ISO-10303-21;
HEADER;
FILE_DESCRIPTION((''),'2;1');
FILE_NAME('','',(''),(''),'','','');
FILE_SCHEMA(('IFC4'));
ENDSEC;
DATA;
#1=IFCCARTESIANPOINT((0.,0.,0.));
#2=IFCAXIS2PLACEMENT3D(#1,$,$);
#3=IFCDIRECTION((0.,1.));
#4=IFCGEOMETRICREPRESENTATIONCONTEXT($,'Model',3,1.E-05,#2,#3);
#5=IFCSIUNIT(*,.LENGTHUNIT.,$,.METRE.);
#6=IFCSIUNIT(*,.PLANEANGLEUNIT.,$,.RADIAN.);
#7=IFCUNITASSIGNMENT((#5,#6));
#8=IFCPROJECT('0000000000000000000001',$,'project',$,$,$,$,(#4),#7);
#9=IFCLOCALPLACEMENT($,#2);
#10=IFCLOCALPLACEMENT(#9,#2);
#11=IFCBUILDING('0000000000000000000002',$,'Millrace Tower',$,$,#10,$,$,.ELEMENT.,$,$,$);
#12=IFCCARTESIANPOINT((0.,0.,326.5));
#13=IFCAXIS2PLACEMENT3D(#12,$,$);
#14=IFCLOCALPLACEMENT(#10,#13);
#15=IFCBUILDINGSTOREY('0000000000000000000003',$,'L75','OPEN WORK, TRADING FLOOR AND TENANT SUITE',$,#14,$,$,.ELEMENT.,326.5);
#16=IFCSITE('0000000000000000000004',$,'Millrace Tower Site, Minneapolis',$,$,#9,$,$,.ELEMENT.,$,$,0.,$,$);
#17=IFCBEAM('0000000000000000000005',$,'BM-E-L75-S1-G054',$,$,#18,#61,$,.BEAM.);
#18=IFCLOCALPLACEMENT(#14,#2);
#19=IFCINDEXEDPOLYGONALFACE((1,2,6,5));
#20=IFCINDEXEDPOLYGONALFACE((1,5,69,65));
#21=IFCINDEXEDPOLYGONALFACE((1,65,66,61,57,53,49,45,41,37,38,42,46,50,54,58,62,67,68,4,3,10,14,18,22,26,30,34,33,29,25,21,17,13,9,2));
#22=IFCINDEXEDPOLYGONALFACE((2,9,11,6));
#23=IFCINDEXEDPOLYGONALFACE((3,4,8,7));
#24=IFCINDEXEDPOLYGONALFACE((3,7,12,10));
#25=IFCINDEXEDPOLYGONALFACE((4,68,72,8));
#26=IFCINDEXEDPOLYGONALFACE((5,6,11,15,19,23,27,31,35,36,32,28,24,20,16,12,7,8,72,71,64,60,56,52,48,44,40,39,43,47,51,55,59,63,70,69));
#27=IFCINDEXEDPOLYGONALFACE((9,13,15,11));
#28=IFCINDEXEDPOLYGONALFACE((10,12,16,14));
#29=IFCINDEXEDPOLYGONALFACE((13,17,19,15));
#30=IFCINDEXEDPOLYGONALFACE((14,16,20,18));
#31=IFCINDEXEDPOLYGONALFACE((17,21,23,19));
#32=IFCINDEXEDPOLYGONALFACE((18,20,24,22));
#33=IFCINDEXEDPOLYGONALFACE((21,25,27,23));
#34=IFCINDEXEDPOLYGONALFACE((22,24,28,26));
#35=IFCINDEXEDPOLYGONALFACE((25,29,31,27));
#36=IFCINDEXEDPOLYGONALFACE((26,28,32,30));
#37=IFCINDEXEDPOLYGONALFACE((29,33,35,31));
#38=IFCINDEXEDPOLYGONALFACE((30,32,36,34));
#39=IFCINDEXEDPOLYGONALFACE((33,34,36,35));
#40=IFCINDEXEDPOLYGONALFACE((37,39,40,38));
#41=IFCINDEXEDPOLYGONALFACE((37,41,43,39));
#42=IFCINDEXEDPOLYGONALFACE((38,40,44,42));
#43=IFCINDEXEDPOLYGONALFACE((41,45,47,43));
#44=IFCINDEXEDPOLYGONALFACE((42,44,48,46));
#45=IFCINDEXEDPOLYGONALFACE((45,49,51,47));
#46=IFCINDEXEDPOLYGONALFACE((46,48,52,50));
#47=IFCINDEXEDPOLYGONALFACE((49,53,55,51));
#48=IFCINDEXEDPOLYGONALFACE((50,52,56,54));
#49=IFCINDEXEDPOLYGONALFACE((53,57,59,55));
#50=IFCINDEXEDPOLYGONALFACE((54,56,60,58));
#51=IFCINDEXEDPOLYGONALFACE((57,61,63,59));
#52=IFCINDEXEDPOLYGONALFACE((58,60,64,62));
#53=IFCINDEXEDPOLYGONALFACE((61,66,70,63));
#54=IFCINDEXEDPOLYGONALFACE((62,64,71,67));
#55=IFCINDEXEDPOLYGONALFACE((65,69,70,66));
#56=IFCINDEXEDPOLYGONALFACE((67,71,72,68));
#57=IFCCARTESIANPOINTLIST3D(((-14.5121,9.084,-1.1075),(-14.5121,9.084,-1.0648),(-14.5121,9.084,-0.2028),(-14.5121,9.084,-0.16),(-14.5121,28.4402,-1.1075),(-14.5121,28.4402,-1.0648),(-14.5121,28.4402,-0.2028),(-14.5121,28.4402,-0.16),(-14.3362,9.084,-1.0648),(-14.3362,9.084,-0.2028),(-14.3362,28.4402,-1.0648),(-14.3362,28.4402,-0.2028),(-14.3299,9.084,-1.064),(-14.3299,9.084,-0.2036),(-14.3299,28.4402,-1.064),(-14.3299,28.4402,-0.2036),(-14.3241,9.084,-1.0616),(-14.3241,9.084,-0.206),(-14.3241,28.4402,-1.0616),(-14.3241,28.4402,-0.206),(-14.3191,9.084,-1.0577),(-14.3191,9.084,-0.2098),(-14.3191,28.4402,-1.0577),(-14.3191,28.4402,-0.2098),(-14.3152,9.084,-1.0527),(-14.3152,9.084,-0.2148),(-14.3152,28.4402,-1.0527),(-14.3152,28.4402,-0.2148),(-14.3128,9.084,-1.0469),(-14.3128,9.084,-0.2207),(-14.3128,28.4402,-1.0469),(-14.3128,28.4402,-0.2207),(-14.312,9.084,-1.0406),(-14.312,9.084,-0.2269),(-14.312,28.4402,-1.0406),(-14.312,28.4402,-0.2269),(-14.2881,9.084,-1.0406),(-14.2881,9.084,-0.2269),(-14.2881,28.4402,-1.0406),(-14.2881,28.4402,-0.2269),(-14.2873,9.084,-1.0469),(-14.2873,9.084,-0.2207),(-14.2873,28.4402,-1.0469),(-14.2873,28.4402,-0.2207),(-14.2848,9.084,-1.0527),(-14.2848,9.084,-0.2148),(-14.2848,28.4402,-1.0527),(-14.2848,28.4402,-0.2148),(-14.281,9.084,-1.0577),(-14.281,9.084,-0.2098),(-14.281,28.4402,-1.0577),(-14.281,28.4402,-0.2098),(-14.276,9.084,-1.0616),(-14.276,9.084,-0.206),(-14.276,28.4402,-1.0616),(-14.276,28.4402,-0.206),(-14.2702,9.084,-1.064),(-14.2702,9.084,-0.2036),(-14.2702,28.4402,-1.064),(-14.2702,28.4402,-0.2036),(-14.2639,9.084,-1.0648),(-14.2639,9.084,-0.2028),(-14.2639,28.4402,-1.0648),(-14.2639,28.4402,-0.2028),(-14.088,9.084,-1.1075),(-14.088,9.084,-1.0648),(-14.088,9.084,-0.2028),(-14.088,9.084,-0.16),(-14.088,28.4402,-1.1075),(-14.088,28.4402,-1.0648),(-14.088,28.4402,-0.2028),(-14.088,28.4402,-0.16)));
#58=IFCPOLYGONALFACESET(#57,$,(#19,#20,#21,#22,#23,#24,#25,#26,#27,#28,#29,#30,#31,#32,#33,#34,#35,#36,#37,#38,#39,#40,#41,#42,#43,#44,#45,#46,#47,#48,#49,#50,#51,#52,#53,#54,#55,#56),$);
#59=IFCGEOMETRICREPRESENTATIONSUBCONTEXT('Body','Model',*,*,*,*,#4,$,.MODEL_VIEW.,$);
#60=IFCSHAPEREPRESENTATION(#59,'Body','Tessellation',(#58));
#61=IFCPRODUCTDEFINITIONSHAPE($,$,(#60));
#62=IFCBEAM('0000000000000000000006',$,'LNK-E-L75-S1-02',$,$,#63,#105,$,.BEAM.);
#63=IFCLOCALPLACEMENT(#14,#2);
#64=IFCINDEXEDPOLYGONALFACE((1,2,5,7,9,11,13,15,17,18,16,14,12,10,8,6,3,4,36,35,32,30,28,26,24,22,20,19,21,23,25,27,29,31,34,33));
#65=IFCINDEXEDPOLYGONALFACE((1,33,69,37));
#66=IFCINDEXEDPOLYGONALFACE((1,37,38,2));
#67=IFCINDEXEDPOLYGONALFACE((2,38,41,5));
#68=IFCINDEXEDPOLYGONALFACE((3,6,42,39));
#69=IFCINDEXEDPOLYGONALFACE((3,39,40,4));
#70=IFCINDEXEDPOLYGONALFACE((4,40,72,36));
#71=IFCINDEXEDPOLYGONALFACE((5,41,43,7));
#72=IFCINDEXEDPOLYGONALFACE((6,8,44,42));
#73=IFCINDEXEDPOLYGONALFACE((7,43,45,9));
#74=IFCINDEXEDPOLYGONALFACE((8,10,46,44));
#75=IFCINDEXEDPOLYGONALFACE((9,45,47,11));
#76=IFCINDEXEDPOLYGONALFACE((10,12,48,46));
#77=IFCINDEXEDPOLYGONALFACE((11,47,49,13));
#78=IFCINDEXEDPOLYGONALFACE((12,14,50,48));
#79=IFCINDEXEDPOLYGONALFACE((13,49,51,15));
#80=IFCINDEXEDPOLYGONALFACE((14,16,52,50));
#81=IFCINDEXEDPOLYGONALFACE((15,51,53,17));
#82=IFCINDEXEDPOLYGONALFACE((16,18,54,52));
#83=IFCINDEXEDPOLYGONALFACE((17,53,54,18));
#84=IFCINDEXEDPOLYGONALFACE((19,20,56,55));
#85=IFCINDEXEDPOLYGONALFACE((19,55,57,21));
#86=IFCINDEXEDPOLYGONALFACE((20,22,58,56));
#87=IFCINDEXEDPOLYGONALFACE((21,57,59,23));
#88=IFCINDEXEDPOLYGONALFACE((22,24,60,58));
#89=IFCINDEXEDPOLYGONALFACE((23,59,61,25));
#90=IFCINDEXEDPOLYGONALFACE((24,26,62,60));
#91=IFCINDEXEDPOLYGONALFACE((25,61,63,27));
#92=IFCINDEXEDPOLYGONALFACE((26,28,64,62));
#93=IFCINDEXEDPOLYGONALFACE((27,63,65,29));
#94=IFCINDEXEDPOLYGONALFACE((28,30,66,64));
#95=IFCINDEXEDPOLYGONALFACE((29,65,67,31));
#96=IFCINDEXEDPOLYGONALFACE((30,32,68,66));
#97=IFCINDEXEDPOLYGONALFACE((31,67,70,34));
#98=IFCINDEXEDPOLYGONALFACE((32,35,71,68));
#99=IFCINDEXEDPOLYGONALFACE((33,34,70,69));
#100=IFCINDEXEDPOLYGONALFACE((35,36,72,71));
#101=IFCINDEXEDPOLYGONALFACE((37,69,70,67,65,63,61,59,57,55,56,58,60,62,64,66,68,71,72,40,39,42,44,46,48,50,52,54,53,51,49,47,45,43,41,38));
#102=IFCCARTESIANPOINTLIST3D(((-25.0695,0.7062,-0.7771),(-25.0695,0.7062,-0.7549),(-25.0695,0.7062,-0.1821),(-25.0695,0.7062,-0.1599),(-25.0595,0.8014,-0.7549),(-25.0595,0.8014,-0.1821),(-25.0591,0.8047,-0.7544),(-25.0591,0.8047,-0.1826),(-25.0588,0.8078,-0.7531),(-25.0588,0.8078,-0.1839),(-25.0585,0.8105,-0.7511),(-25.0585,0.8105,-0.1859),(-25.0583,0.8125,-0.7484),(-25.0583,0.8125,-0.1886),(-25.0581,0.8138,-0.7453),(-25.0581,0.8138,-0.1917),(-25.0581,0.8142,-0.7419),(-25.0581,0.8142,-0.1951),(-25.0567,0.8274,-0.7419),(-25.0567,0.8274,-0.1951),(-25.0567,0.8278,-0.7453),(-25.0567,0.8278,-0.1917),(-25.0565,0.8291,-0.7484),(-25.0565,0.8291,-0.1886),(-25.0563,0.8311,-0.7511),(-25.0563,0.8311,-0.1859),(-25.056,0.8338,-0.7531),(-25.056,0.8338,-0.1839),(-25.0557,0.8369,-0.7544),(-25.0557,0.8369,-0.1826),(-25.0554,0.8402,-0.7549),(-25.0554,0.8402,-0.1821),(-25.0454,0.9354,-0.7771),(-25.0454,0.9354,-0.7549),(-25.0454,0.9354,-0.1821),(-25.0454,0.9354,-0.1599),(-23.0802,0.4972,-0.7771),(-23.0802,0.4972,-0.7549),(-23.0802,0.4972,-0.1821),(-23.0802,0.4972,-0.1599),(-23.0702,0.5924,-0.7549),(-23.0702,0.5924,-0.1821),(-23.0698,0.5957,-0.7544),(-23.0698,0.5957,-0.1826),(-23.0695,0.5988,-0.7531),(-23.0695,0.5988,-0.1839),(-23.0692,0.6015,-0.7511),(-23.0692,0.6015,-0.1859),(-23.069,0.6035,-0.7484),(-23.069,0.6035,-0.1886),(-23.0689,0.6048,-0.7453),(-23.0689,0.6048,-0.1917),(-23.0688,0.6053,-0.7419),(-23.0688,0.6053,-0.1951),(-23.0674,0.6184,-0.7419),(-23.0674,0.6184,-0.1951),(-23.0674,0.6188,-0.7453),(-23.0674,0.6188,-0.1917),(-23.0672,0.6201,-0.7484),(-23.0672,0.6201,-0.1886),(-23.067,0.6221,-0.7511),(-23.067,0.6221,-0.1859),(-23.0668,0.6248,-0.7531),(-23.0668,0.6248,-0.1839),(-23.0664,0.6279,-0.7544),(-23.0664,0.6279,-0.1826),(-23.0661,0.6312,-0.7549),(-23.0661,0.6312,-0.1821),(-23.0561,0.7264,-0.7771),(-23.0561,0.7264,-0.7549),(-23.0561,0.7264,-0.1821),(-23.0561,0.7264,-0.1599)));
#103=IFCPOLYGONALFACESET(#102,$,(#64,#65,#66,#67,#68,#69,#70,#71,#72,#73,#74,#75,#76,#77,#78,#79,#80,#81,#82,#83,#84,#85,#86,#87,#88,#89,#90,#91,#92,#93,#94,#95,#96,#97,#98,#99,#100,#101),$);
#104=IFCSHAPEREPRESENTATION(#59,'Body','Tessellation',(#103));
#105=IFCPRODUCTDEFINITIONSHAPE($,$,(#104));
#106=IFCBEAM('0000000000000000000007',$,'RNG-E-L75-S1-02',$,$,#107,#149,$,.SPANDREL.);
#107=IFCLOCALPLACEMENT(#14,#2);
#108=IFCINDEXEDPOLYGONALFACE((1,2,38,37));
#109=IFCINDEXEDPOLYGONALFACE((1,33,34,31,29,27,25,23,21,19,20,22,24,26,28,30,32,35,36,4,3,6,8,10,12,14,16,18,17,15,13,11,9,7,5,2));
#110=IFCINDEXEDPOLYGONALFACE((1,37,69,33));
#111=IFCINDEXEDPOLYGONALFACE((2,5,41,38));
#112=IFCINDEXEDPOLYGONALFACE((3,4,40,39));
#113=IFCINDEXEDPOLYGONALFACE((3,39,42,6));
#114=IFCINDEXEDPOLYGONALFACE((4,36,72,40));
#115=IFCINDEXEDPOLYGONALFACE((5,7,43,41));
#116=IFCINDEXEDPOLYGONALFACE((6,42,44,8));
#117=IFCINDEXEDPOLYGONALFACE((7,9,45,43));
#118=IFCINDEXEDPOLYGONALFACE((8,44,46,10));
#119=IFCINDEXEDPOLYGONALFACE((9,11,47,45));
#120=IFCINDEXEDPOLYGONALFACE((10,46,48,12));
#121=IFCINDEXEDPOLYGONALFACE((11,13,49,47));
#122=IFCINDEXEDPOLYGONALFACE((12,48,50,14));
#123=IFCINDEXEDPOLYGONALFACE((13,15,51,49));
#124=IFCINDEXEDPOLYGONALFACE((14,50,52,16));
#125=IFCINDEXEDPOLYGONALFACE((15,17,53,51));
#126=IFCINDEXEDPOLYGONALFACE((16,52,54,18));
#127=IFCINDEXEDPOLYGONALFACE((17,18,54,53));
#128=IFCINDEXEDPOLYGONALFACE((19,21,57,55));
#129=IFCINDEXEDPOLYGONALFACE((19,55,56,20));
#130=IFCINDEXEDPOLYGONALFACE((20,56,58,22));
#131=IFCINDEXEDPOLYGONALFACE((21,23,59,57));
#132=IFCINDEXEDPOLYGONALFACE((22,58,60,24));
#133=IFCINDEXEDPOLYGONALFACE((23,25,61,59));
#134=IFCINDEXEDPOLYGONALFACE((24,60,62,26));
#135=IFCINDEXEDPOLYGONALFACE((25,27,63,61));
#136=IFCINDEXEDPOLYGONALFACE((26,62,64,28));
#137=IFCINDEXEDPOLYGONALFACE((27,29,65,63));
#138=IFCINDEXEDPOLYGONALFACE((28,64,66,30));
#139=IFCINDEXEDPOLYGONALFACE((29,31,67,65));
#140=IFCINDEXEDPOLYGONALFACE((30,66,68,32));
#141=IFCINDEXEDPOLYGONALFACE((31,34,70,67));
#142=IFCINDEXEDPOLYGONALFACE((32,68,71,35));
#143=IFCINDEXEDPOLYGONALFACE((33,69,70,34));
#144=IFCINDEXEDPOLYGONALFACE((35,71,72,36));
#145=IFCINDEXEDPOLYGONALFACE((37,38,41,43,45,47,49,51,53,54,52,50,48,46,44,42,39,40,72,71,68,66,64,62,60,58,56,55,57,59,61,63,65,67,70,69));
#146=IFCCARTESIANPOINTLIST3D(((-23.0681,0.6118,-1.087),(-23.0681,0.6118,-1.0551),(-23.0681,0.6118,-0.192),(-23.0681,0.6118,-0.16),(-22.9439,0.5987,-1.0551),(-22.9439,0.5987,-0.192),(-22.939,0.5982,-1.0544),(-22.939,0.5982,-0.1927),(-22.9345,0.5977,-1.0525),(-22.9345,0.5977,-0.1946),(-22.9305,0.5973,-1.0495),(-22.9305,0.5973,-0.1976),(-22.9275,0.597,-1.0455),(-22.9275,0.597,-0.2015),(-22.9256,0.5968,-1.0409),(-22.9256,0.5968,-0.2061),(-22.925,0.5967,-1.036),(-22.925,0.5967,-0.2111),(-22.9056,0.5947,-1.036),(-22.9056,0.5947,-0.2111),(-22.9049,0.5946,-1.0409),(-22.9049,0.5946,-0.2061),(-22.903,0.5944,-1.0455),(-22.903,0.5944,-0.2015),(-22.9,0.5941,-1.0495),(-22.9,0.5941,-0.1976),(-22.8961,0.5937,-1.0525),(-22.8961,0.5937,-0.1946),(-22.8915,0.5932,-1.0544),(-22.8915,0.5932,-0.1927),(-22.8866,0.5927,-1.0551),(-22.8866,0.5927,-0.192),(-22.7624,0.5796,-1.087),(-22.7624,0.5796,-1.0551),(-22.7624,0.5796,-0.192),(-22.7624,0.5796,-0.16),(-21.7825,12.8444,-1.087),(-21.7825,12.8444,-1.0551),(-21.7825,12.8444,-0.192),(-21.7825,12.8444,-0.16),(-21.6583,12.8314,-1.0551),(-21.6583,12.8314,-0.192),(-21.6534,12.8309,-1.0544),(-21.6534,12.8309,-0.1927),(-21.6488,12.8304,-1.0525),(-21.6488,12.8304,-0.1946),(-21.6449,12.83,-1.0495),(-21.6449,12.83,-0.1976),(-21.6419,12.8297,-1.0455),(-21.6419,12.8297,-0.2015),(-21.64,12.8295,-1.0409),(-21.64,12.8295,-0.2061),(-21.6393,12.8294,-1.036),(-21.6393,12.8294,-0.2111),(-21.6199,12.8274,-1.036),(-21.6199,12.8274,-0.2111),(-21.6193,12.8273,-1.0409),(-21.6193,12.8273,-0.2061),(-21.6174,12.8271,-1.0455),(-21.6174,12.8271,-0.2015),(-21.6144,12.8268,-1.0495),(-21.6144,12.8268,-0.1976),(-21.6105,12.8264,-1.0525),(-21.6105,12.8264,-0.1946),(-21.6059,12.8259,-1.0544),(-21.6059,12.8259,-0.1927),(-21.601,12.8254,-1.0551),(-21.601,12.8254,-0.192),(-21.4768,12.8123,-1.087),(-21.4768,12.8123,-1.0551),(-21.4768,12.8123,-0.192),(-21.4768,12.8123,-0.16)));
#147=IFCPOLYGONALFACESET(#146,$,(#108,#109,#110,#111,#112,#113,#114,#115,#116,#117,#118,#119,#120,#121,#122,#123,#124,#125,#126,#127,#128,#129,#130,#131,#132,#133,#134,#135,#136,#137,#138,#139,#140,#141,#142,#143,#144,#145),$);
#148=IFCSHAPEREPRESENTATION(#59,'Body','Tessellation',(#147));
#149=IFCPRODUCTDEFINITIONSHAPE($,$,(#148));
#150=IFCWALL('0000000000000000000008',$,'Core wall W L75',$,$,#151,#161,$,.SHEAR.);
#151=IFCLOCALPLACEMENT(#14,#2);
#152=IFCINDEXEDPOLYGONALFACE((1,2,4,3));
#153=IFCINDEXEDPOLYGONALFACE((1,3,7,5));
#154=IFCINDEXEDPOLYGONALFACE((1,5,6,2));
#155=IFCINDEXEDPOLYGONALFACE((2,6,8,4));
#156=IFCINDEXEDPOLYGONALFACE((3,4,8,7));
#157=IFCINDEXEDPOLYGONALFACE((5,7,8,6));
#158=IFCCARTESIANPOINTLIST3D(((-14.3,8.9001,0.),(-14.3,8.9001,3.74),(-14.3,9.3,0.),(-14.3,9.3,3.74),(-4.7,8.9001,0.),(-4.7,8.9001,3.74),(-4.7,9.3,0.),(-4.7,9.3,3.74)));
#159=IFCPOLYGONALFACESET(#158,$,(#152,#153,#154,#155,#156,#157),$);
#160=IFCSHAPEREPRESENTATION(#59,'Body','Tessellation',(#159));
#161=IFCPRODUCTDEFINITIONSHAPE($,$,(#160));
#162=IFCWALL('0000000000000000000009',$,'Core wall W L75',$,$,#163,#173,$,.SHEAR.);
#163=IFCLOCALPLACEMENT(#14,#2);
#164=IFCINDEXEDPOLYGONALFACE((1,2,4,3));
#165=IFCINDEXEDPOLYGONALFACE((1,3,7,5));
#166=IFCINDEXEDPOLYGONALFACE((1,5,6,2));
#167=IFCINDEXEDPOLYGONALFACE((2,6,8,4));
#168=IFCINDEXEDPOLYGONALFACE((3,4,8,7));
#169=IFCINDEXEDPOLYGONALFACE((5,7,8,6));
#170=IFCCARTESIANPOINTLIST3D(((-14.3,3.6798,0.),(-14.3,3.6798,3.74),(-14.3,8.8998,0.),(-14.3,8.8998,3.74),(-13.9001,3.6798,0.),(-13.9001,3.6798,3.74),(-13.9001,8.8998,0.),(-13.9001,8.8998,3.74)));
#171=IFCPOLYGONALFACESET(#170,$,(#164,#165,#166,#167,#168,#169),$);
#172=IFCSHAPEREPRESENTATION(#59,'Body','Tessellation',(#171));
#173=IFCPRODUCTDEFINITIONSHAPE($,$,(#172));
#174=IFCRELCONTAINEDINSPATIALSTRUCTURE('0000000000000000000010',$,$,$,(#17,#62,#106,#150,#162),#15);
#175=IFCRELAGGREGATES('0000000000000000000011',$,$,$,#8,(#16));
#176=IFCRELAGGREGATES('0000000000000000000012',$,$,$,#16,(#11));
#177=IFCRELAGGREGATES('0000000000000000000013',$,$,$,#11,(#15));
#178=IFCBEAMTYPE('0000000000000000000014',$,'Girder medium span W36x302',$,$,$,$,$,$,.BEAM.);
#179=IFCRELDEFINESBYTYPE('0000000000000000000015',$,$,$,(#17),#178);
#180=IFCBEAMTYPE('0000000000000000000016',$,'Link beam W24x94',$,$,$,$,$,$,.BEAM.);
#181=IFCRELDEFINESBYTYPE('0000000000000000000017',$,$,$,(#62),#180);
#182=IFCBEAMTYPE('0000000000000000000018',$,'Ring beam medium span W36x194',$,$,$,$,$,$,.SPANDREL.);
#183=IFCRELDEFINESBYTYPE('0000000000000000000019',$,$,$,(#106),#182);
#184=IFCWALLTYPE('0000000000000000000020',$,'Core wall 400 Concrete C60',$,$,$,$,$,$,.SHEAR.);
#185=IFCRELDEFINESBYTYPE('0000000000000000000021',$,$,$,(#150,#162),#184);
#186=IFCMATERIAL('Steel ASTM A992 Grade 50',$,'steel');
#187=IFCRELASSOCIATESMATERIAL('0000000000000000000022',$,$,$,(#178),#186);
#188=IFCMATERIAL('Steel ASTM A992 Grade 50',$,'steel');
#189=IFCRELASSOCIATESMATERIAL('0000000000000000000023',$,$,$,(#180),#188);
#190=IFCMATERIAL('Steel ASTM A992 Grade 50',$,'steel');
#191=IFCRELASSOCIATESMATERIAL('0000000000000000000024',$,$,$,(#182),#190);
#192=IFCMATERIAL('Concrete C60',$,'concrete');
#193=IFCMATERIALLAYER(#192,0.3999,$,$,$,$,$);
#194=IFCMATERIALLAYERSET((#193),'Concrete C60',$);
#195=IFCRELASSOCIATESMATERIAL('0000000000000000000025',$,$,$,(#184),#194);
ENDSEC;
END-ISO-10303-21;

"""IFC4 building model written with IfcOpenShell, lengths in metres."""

from ifc_helpers import new_model, si_unit, direction, frame, frame_2d, origin, origin_2d, place, context, subcontext, project, spatial, rectangle, i_section, extrude, material, layer, layer_set, material_profile, profile_set, type_object, element, save


model = new_model("IFC4")

# Units and contexts
model_context = context("Model", 3, precision=1e-05, world=origin(), true_north=direction((0.0, 1.0)))
body_context = subcontext(model_context, "Body", "Model", "MODEL_VIEW")
ifc_project = project(units=[si_unit("LENGTHUNIT", "METRE"), si_unit("PLANEANGLEUNIT", "RADIAN")], contexts=[model_context])

# Site, building, storey
site_placement = place(None, origin())
site = spatial("IfcSite", under=ifc_project, at=site_placement, Name="Millrace Tower Site, Minneapolis", CompositionType="ELEMENT", RefElevation=0.0)
building_placement = place(site_placement, origin())
building = spatial("IfcBuilding", under=site, at=building_placement, Name="Millrace Tower", CompositionType="ELEMENT")
storey_placement = place(building_placement, frame((0.0, 0.0, 326.5)))
storey = spatial("IfcBuildingStorey", under=building, at=storey_placement, Name="L75", Description="OPEN WORK, TRADING FLOOR AND TENANT SUITE", CompositionType="ELEMENT", Elevation=326.5)

# Beams
ifc_material_1 = material(Name="Steel ASTM A992 Grade 50", Category="steel")
ifc_material_profile_1 = material_profile(ifc_material_1, i_section(OverallWidth=0.4241, OverallDepth=0.9475, WebThickness=0.0239, FlangeThickness=0.0427, FilletRadius=0.0242, at=origin_2d()))
ifc_profile_set_1 = profile_set([ifc_material_profile_1], Name="Steel ASTM A992 Grade 50")
beam_type_1 = type_object("IfcBeamType", Name="Girder medium span W36x302", PredefinedType="BEAM", material=ifc_profile_set_1)
beam_1_placement = place(storey_placement, frame((-14.3, 9.084, -0.6338), z_axis=(0.0, 1.0, 0.0), x_axis=(-1.0, 0.0, 0.0)))
element("IfcBeam", 1, at=beam_1_placement, inside=storey, type_object=beam_type_1, Name="BM-E-L75-S1-G054", PredefinedType="BEAM", context=body_context, shape_type="SweptSolid", body=[
    extrude(i_section(OverallWidth=0.4241, OverallDepth=0.9475, WebThickness=0.0239, FlangeThickness=0.0427, FilletRadius=0.0242, at=origin_2d()), origin(), (0.0, 0.0, 1.0), 19.3562),
])
ifc_material_2 = material(Name="Steel ASTM A992 Grade 50", Category="steel")
ifc_material_profile_2 = material_profile(ifc_material_2, i_section(OverallWidth=0.2305, OverallDepth=0.6172, WebThickness=0.0132, FlangeThickness=0.0222, FilletRadius=0.0129, at=origin_2d()))
ifc_profile_set_2 = profile_set([ifc_material_profile_2], Name="Steel ASTM A992 Grade 50")
beam_type_2 = type_object("IfcBeamType", Name="Link beam W24x94", PredefinedType="BEAM", material=ifc_profile_set_2)
beam_2_placement = place(storey_placement, frame((-23.0681, 0.6118, -0.4685), z_axis=(-0.994527, 0.104481, 0.0), x_axis=(-0.104481, -0.994527, 0.0)))
element("IfcBeam", 2, at=beam_2_placement, inside=storey, type_object=beam_type_2, Name="LNK-E-L75-S1-02", PredefinedType="BEAM", context=body_context, shape_type="SweptSolid", body=[
    extrude(i_section(OverallWidth=0.2305, OverallDepth=0.6172, WebThickness=0.0132, FlangeThickness=0.0222, FilletRadius=0.0129, at=origin_2d()), origin(), (0.0, 0.0, 1.0), 2.0002),
])
ifc_material_3 = material(Name="Steel ASTM A992 Grade 50", Category="steel")
ifc_material_profile_3 = material_profile(ifc_material_3, i_section(OverallWidth=0.3074, OverallDepth=0.927, WebThickness=0.0195, FlangeThickness=0.032, FilletRadius=0.019, at=origin_2d()))
ifc_profile_set_3 = profile_set([ifc_material_profile_3], Name="Steel ASTM A992 Grade 50")
beam_type_3 = type_object("IfcBeamType", Name="Ring beam medium span W36x194", PredefinedType="SPANDREL", material=ifc_profile_set_3)
beam_3_placement = place(storey_placement, frame((-22.9153, 0.5957, -0.6235), z_axis=(0.104524, 0.994522, 0.0), x_axis=(-0.994522, 0.104524, 0.0)))
element("IfcBeam", 3, at=beam_3_placement, inside=storey, type_object=beam_type_3, Name="RNG-E-L75-S1-02", PredefinedType="SPANDREL", context=body_context, shape_type="SweptSolid", body=[
    extrude(i_section(OverallWidth=0.3074, OverallDepth=0.927, WebThickness=0.0195, FlangeThickness=0.032, FilletRadius=0.019, at=origin_2d()), origin(), (0.0, 0.0, 1.0), 12.3),
])

# Walls
ifc_material_4 = material(Name="Concrete C60", Category="concrete")
ifc_layer_1 = layer(ifc_material_4, 0.3999)
ifc_layer_set_1 = layer_set([ifc_layer_1], Name="Concrete C60")
wall_type_1 = type_object("IfcWallType", Name="Core wall 400 Concrete C60", PredefinedType="SHEAR", material=ifc_layer_set_1)
wall_1_placement = place(storey_placement, frame((-14.3, 9.1001, 0.0), z_axis=(0.0, 0.0, 1.0), x_axis=(1.0, 0.0, 0.0)))
element("IfcWall", 4, at=wall_1_placement, inside=storey, type_object=wall_type_1, Name="Core wall W L75", PredefinedType="SHEAR", context=body_context, shape_type="SweptSolid", body=[
    extrude(rectangle(XDim=9.6001, YDim=0.3999, at=frame_2d((4.8, 0.0))), origin(), (0.0, 0.0, 1.0), 3.74),
])
wall_2_placement = place(storey_placement, frame((-14.1001, 3.6799, 0.0), z_axis=(0.0, 0.0, 1.0), x_axis=(0.0, 1.0, 0.0)))
element("IfcWall", 5, at=wall_2_placement, inside=storey, type_object=wall_type_1, Name="Core wall W L75", PredefinedType="SHEAR", context=body_context, shape_type="SweptSolid", body=[
    extrude(rectangle(XDim=5.22, YDim=0.3999, at=frame_2d((2.6099, 0.0))), origin(), (0.0, 0.0, 1.0), 3.74),
])

save(model, "model.ifc")
